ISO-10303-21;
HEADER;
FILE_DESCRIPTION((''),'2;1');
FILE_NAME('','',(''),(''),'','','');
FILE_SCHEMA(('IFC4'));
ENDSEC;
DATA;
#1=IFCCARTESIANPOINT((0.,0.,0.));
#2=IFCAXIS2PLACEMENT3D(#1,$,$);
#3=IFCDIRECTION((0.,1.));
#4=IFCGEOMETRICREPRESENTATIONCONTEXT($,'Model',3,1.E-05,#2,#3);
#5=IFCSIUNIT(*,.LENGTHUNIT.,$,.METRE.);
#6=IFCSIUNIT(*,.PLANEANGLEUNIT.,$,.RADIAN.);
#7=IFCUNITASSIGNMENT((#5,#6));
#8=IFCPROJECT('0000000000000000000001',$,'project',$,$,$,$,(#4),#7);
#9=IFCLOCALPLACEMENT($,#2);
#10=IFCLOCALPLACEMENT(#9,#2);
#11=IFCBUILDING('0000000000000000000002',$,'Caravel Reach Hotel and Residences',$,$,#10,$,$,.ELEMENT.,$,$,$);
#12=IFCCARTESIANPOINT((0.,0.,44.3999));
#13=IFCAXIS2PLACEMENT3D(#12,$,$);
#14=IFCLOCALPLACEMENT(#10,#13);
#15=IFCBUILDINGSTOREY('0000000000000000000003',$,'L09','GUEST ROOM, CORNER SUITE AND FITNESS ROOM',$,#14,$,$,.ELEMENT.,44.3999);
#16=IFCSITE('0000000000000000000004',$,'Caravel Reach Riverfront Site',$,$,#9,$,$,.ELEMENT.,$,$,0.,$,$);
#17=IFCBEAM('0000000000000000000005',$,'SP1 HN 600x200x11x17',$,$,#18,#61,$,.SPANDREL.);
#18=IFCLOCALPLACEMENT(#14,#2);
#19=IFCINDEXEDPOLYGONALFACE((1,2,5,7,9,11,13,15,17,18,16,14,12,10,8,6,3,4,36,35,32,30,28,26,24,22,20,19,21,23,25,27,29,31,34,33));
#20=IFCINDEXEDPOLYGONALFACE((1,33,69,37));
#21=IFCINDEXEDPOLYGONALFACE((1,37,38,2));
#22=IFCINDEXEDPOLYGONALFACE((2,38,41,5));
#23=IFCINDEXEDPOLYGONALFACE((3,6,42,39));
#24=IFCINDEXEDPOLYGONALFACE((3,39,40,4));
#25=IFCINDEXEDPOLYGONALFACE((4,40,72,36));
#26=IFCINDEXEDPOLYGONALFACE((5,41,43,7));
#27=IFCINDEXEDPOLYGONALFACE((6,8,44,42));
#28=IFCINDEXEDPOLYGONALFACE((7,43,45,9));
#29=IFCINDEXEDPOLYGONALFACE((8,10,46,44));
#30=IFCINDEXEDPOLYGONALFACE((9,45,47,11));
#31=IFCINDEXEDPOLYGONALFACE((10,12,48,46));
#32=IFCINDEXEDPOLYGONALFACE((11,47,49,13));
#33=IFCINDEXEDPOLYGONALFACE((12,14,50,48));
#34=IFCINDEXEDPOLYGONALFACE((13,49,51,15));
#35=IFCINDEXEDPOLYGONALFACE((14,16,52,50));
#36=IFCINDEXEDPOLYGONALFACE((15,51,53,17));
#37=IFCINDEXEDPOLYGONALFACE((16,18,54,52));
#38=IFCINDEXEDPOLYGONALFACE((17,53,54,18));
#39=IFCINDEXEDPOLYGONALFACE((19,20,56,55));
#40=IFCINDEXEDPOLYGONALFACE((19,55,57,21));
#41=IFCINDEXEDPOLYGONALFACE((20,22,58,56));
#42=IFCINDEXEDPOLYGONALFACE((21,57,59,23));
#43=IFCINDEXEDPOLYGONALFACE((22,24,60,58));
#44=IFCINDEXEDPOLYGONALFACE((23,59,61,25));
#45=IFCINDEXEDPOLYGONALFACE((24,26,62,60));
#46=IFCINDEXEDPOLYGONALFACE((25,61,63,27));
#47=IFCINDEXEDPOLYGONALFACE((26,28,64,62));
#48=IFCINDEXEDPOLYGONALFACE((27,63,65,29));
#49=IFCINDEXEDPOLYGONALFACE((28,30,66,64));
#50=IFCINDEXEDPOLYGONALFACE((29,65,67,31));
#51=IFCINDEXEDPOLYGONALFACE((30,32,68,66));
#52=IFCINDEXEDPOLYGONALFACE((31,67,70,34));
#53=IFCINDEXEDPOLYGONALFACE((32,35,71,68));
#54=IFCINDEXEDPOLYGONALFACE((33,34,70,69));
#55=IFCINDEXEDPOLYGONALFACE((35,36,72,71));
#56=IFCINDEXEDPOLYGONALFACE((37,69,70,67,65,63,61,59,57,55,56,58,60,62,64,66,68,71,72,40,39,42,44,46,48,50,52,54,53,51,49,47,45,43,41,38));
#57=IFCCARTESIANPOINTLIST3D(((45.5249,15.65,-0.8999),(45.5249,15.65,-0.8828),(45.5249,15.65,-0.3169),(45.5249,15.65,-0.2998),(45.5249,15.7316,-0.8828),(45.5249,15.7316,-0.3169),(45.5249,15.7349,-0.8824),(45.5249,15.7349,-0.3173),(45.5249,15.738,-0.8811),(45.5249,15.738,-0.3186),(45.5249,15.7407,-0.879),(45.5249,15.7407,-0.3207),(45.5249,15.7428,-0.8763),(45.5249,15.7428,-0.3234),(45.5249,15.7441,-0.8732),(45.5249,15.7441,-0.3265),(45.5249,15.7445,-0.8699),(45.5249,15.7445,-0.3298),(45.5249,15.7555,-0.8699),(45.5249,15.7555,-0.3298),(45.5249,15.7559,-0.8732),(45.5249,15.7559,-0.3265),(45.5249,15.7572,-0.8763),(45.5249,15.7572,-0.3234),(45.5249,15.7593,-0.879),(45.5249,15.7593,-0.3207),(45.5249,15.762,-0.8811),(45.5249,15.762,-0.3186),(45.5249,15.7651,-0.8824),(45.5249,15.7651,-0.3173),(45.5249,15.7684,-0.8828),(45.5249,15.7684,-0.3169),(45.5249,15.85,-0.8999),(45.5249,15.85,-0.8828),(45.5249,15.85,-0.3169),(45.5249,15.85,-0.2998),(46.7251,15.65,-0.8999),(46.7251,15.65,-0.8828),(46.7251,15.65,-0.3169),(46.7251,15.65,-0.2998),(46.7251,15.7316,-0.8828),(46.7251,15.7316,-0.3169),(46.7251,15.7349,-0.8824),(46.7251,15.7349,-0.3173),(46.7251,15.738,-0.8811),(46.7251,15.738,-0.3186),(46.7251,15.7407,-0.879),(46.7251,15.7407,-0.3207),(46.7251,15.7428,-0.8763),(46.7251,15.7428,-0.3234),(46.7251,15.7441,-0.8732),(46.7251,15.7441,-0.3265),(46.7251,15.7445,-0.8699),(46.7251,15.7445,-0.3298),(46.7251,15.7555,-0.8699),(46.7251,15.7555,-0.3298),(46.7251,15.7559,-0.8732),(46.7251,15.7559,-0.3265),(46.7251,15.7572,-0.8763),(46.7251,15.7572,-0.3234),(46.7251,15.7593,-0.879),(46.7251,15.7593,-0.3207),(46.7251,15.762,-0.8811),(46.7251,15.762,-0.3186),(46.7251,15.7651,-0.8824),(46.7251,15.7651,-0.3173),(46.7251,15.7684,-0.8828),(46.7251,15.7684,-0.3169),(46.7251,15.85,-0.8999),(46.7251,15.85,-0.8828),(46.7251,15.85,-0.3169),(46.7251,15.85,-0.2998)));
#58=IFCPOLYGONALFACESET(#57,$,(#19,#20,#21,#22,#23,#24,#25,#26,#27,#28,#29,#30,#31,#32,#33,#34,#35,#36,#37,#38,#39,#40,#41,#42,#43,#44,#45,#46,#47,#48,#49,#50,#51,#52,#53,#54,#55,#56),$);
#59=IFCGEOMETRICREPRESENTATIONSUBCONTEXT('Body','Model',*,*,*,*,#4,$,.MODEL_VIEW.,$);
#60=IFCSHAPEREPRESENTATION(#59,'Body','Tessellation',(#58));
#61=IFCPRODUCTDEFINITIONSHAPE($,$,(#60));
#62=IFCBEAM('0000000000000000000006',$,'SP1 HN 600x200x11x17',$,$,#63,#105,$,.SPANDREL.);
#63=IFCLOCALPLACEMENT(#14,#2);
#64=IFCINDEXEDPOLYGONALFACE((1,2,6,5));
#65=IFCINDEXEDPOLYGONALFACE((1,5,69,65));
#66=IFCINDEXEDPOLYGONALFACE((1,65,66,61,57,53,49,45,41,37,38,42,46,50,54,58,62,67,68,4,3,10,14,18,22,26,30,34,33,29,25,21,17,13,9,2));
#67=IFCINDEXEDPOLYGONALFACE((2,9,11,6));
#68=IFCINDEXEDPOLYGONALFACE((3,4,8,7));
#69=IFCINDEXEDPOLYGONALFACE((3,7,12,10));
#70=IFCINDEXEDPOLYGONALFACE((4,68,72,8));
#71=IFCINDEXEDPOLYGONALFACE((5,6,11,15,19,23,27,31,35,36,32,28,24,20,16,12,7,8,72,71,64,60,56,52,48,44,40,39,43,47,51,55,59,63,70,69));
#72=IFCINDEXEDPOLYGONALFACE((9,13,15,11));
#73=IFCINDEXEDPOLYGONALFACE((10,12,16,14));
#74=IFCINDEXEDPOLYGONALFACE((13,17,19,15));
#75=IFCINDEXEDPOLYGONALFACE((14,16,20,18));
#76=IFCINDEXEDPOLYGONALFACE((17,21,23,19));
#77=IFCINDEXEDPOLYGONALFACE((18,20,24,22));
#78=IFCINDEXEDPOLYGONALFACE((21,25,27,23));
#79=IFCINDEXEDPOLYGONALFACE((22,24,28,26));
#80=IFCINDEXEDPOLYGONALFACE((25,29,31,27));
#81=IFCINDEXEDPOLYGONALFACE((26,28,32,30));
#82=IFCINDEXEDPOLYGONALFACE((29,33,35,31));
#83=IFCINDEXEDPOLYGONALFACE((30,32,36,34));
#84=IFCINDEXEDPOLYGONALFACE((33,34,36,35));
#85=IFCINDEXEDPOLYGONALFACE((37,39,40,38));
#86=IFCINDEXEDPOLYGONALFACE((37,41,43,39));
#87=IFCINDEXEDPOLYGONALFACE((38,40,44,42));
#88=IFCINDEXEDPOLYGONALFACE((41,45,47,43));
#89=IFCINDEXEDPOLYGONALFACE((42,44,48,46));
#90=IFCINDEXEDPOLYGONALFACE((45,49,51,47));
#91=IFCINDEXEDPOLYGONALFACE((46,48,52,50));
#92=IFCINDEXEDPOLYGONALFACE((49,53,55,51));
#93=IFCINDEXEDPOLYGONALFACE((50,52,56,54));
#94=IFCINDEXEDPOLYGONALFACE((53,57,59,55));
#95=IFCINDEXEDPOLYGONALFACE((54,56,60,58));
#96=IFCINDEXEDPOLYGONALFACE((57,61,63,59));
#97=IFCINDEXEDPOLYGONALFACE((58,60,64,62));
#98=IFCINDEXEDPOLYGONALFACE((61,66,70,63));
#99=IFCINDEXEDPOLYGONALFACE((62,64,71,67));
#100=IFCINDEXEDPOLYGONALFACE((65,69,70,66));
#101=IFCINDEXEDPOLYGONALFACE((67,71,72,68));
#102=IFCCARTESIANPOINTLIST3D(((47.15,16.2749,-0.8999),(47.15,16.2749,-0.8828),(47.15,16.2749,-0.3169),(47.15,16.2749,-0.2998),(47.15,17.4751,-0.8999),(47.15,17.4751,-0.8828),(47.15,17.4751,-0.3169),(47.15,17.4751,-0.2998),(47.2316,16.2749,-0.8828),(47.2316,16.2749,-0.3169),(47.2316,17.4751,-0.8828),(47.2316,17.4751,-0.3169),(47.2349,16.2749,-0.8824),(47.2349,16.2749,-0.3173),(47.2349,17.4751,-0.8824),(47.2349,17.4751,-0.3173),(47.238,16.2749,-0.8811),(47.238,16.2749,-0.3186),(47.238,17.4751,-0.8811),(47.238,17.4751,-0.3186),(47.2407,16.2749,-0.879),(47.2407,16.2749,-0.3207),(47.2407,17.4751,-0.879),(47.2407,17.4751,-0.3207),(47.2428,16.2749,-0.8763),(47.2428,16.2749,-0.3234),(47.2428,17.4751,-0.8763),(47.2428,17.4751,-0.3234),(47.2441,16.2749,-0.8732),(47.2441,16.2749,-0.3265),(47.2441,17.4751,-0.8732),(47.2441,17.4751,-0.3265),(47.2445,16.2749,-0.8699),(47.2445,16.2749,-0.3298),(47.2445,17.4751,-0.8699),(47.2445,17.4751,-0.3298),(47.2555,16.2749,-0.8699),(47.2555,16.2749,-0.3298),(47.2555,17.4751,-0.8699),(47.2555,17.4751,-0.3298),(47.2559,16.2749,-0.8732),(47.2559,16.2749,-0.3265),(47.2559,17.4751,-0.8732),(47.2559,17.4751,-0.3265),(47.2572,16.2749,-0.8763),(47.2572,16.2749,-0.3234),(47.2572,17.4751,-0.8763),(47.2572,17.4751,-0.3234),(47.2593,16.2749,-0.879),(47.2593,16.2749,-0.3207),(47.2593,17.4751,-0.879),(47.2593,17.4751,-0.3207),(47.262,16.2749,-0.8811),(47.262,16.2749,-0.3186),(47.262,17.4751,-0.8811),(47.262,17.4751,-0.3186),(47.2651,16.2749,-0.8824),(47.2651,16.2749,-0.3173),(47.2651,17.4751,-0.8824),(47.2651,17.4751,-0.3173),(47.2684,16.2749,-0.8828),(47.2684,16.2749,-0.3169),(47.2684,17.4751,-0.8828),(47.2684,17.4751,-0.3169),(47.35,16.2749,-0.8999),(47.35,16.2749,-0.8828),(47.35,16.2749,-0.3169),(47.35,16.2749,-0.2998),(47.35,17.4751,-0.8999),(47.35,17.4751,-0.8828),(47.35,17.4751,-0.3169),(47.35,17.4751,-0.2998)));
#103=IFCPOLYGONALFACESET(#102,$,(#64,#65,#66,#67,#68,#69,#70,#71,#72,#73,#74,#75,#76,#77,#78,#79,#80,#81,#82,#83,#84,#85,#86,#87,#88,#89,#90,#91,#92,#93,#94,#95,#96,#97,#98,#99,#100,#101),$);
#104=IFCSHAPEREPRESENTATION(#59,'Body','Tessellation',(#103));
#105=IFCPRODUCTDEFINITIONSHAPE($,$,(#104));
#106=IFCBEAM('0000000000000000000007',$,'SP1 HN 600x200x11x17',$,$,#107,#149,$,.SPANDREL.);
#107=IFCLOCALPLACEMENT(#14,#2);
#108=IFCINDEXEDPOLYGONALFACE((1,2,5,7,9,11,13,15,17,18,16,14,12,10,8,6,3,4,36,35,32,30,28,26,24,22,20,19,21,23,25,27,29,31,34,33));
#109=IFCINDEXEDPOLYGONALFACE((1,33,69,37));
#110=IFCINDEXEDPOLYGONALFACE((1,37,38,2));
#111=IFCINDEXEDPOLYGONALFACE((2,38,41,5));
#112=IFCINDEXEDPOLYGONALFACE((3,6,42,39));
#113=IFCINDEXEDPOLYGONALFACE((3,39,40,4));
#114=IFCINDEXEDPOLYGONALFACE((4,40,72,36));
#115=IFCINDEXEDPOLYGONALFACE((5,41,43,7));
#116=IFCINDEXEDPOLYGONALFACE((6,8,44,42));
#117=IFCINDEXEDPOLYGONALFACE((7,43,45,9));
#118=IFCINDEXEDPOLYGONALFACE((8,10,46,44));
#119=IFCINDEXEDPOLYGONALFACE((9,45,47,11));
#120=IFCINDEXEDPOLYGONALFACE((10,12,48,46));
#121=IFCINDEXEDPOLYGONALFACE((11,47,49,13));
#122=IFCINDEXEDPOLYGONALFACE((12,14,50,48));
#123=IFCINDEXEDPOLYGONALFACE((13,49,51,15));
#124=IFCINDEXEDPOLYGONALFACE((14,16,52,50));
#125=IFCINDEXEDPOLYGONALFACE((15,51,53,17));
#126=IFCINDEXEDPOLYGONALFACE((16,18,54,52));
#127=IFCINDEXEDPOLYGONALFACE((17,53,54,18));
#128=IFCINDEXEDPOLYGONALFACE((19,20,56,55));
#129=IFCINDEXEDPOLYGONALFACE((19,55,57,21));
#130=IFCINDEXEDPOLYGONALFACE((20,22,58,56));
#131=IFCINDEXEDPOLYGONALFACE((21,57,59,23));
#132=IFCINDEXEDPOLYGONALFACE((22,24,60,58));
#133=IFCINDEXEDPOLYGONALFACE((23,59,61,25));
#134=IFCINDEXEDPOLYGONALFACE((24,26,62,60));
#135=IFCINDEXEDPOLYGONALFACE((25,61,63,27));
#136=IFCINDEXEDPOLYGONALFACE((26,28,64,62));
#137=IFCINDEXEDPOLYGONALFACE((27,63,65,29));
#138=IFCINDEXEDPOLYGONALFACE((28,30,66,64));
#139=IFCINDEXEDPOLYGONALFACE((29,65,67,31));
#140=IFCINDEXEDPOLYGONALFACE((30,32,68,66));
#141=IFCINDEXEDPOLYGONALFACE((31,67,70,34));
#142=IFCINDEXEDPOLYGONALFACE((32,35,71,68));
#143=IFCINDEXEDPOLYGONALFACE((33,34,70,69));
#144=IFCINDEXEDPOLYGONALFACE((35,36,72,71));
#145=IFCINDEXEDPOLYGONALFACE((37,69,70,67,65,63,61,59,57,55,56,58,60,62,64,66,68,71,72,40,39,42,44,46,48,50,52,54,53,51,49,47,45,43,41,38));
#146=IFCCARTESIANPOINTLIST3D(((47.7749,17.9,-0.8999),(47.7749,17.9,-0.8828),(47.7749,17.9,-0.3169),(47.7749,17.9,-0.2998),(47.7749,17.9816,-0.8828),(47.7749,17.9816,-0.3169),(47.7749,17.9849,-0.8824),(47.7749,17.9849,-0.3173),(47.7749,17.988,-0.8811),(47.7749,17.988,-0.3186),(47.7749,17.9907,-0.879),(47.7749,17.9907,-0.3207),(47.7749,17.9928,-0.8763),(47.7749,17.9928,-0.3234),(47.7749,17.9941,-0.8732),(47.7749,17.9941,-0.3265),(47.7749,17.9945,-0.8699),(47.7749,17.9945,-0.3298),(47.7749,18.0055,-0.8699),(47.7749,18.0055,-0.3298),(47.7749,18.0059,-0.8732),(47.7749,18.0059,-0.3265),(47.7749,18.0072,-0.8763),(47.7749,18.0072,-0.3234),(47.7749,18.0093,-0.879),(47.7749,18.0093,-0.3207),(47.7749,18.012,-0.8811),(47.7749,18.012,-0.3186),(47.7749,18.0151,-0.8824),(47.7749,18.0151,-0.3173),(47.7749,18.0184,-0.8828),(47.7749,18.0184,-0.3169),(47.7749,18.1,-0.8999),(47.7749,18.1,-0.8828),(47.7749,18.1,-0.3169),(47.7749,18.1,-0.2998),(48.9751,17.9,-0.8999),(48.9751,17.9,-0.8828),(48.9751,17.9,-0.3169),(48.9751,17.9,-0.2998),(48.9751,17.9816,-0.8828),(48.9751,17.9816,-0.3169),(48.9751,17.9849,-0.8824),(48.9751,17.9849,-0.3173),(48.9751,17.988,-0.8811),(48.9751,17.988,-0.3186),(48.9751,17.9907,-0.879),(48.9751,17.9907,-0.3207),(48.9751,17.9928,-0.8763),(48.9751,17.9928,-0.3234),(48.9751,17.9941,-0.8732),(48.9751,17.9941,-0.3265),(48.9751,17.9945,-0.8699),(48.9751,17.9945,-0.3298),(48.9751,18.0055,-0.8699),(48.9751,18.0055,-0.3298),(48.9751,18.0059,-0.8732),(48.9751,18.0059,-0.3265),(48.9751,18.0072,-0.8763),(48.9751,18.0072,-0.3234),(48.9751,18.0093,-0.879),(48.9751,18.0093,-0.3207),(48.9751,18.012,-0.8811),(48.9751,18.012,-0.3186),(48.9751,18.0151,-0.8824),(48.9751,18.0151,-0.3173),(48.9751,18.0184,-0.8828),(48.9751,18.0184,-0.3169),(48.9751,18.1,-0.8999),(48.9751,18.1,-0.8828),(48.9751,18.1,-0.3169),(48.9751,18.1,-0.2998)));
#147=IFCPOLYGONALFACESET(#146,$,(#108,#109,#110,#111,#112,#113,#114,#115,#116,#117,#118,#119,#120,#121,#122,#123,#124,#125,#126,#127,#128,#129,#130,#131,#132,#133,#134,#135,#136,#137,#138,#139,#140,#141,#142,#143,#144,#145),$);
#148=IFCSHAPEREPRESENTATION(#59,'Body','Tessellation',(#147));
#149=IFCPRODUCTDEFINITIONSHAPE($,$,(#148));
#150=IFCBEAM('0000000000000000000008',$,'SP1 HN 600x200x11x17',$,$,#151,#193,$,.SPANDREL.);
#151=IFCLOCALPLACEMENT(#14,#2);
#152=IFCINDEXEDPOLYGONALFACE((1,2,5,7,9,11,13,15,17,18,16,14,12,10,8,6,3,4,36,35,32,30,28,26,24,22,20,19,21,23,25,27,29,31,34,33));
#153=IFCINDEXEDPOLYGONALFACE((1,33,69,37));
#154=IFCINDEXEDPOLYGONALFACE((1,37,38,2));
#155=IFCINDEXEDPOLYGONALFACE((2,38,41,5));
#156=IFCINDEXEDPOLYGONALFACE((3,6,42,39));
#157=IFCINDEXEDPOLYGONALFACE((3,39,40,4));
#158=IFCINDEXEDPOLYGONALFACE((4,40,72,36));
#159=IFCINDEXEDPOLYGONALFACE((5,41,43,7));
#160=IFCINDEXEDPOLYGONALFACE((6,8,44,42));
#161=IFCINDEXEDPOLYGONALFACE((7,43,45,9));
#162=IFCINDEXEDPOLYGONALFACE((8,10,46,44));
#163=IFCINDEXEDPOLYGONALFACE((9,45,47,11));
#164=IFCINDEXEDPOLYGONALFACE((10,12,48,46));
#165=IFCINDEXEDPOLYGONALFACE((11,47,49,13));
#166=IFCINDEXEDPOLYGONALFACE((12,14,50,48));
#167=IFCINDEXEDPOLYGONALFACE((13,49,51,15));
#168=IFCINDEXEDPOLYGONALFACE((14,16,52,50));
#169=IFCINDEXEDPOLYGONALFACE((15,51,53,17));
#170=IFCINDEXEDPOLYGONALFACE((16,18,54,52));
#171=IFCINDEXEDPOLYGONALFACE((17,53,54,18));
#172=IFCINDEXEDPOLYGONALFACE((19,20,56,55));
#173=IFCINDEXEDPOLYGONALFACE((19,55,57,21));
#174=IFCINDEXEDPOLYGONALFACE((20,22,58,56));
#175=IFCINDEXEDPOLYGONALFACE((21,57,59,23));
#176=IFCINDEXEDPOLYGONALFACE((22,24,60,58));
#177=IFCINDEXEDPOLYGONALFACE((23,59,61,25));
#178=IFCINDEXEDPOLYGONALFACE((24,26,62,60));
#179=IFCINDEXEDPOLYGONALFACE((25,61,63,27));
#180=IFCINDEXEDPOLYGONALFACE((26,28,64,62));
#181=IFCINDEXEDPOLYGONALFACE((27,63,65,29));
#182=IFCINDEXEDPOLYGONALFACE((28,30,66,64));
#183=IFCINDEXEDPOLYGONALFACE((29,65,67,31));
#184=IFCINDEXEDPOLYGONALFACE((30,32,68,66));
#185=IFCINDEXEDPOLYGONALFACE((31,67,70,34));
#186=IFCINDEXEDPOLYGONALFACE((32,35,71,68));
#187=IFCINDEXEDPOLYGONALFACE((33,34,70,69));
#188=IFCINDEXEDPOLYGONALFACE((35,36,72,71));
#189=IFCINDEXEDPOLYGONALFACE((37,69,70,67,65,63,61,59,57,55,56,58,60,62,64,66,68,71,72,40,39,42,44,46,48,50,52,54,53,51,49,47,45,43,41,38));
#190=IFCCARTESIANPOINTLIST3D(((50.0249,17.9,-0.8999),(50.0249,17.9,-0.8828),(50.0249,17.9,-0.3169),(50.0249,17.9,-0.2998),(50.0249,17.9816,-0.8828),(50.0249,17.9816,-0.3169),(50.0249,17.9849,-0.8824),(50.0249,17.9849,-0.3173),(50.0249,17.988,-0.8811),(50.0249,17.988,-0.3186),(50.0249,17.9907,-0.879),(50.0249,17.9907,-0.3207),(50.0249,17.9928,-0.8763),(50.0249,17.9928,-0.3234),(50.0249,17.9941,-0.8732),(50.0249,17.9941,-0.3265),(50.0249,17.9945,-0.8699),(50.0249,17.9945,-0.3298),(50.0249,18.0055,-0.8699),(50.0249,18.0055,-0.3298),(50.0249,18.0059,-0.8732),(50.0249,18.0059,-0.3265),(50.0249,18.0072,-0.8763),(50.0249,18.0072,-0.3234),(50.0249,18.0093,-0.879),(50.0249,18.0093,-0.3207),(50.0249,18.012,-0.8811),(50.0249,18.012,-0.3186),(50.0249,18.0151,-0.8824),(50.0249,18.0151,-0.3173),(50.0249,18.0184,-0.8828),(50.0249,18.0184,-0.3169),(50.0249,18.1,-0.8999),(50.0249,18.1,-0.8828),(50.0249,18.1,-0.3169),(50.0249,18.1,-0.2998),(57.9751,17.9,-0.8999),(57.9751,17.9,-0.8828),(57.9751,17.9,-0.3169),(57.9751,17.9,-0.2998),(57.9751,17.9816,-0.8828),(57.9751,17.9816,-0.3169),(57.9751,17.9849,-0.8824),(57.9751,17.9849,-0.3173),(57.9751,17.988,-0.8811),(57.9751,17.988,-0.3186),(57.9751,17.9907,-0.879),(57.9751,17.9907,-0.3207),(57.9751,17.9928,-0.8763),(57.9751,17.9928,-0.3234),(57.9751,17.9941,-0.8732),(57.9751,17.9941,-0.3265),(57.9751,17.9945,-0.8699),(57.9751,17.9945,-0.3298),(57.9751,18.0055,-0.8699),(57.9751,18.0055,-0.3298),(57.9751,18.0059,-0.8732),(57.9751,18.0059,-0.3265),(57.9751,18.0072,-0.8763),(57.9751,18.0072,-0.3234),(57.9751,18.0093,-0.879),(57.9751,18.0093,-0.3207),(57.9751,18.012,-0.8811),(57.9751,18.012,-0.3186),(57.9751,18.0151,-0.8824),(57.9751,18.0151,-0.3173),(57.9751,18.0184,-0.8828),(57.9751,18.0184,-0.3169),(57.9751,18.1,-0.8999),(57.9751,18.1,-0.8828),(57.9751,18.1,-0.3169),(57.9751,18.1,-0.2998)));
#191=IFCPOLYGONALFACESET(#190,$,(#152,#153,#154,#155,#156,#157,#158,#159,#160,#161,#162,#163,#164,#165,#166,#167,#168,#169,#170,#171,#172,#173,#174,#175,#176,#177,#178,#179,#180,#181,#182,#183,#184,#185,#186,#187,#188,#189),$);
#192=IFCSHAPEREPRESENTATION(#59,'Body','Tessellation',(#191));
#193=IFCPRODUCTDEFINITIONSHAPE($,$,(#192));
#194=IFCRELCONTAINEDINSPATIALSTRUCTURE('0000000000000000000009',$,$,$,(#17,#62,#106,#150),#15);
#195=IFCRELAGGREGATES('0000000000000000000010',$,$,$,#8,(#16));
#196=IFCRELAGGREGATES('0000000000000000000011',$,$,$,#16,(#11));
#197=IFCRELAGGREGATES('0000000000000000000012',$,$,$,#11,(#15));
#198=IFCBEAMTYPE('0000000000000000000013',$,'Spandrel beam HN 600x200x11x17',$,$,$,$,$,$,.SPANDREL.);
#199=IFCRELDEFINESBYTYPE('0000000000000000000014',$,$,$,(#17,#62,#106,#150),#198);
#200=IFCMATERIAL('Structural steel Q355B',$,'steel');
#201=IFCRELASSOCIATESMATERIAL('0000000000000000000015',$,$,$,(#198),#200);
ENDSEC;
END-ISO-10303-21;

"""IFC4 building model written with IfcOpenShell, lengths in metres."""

from ifc_helpers import new_model, si_unit, direction, frame, origin, origin_2d, place, context, subcontext, project, spatial, i_section, extrude, material, material_profile, profile_set, type_object, element, save


model = new_model("IFC4")

# Units and contexts
model_context = context("Model", 3, precision=1e-05, world=origin(), true_north=direction((0.0, 1.0)))
body_context = subcontext(model_context, "Body", "Model", "MODEL_VIEW")
ifc_project = project(units=[si_unit("LENGTHUNIT", "METRE"), si_unit("PLANEANGLEUNIT", "RADIAN")], contexts=[model_context])

# Site, building, storey
site_placement = place(None, origin())
site = spatial("IfcSite", under=ifc_project, at=site_placement, Name="Caravel Reach Riverfront Site", CompositionType="ELEMENT", RefElevation=0.0)
building_placement = place(site_placement, origin())
building = spatial("IfcBuilding", under=site, at=building_placement, Name="Caravel Reach Hotel and Residences", CompositionType="ELEMENT")
storey_placement = place(building_placement, frame((0.0, 0.0, 44.3999)))
storey = spatial("IfcBuildingStorey", under=building, at=storey_placement, Name="L09", Description="GUEST ROOM, CORNER SUITE AND FITNESS ROOM", CompositionType="ELEMENT", Elevation=44.3999)

# Beams
ifc_material_1 = material(Name="Structural steel Q355B", Category="steel")
ifc_material_profile_1 = material_profile(ifc_material_1, i_section(OverallWidth=0.2, OverallDepth=0.6001, WebThickness=0.011, FlangeThickness=0.0171, FilletRadius=0.0129, at=origin_2d()), Name="HN 600x200x11x17")
ifc_profile_set_1 = profile_set([ifc_material_profile_1], Name="Structural steel Q355B")
beam_type_1 = type_object("IfcBeamType", Name="Spandrel beam HN 600x200x11x17", PredefinedType="SPANDREL", material=ifc_profile_set_1)
for number, where, z_axis, x_axis, name in (
    (1, (45.5249, 15.75, -0.5999), (1.0, 0.0, 0.0), (0.0, 1.0, 0.0), "SP1 HN 600x200x11x17"),
    (2, (47.25, 16.2749, -0.5999), (0.0, 1.0, 0.0), (-1.0, 0.0, 0.0), "SP1 HN 600x200x11x17"),
    (3, (47.7749, 18.0, -0.5999), (1.0, 0.0, 0.0), (0.0, 1.0, 0.0), "SP1 HN 600x200x11x17"),
):
    element("IfcBeam", number, at=place(storey_placement, frame(where, z_axis=z_axis, x_axis=x_axis)), inside=storey, type_object=beam_type_1, Name=name, PredefinedType="SPANDREL", context=body_context, shape_type="SweptSolid", body=[
        extrude(i_section(OverallWidth=0.2, OverallDepth=0.6001, WebThickness=0.011, FlangeThickness=0.0171, FilletRadius=0.0129, at=origin_2d()), origin(), (0.0, 0.0, 1.0), 1.2002),
    ])
beam_1_placement = place(storey_placement, frame((50.0249, 18.0, -0.5999), z_axis=(1.0, 0.0, 0.0), x_axis=(0.0, 1.0, 0.0)))
element("IfcBeam", 4, at=beam_1_placement, inside=storey, type_object=beam_type_1, Name="SP1 HN 600x200x11x17", PredefinedType="SPANDREL", context=body_context, shape_type="SweptSolid", body=[
    extrude(i_section(OverallWidth=0.2, OverallDepth=0.6001, WebThickness=0.011, FlangeThickness=0.0171, FilletRadius=0.0129, at=origin_2d()), origin(), (0.0, 0.0, 1.0), 7.9502),
])

save(model, "model.ifc")
